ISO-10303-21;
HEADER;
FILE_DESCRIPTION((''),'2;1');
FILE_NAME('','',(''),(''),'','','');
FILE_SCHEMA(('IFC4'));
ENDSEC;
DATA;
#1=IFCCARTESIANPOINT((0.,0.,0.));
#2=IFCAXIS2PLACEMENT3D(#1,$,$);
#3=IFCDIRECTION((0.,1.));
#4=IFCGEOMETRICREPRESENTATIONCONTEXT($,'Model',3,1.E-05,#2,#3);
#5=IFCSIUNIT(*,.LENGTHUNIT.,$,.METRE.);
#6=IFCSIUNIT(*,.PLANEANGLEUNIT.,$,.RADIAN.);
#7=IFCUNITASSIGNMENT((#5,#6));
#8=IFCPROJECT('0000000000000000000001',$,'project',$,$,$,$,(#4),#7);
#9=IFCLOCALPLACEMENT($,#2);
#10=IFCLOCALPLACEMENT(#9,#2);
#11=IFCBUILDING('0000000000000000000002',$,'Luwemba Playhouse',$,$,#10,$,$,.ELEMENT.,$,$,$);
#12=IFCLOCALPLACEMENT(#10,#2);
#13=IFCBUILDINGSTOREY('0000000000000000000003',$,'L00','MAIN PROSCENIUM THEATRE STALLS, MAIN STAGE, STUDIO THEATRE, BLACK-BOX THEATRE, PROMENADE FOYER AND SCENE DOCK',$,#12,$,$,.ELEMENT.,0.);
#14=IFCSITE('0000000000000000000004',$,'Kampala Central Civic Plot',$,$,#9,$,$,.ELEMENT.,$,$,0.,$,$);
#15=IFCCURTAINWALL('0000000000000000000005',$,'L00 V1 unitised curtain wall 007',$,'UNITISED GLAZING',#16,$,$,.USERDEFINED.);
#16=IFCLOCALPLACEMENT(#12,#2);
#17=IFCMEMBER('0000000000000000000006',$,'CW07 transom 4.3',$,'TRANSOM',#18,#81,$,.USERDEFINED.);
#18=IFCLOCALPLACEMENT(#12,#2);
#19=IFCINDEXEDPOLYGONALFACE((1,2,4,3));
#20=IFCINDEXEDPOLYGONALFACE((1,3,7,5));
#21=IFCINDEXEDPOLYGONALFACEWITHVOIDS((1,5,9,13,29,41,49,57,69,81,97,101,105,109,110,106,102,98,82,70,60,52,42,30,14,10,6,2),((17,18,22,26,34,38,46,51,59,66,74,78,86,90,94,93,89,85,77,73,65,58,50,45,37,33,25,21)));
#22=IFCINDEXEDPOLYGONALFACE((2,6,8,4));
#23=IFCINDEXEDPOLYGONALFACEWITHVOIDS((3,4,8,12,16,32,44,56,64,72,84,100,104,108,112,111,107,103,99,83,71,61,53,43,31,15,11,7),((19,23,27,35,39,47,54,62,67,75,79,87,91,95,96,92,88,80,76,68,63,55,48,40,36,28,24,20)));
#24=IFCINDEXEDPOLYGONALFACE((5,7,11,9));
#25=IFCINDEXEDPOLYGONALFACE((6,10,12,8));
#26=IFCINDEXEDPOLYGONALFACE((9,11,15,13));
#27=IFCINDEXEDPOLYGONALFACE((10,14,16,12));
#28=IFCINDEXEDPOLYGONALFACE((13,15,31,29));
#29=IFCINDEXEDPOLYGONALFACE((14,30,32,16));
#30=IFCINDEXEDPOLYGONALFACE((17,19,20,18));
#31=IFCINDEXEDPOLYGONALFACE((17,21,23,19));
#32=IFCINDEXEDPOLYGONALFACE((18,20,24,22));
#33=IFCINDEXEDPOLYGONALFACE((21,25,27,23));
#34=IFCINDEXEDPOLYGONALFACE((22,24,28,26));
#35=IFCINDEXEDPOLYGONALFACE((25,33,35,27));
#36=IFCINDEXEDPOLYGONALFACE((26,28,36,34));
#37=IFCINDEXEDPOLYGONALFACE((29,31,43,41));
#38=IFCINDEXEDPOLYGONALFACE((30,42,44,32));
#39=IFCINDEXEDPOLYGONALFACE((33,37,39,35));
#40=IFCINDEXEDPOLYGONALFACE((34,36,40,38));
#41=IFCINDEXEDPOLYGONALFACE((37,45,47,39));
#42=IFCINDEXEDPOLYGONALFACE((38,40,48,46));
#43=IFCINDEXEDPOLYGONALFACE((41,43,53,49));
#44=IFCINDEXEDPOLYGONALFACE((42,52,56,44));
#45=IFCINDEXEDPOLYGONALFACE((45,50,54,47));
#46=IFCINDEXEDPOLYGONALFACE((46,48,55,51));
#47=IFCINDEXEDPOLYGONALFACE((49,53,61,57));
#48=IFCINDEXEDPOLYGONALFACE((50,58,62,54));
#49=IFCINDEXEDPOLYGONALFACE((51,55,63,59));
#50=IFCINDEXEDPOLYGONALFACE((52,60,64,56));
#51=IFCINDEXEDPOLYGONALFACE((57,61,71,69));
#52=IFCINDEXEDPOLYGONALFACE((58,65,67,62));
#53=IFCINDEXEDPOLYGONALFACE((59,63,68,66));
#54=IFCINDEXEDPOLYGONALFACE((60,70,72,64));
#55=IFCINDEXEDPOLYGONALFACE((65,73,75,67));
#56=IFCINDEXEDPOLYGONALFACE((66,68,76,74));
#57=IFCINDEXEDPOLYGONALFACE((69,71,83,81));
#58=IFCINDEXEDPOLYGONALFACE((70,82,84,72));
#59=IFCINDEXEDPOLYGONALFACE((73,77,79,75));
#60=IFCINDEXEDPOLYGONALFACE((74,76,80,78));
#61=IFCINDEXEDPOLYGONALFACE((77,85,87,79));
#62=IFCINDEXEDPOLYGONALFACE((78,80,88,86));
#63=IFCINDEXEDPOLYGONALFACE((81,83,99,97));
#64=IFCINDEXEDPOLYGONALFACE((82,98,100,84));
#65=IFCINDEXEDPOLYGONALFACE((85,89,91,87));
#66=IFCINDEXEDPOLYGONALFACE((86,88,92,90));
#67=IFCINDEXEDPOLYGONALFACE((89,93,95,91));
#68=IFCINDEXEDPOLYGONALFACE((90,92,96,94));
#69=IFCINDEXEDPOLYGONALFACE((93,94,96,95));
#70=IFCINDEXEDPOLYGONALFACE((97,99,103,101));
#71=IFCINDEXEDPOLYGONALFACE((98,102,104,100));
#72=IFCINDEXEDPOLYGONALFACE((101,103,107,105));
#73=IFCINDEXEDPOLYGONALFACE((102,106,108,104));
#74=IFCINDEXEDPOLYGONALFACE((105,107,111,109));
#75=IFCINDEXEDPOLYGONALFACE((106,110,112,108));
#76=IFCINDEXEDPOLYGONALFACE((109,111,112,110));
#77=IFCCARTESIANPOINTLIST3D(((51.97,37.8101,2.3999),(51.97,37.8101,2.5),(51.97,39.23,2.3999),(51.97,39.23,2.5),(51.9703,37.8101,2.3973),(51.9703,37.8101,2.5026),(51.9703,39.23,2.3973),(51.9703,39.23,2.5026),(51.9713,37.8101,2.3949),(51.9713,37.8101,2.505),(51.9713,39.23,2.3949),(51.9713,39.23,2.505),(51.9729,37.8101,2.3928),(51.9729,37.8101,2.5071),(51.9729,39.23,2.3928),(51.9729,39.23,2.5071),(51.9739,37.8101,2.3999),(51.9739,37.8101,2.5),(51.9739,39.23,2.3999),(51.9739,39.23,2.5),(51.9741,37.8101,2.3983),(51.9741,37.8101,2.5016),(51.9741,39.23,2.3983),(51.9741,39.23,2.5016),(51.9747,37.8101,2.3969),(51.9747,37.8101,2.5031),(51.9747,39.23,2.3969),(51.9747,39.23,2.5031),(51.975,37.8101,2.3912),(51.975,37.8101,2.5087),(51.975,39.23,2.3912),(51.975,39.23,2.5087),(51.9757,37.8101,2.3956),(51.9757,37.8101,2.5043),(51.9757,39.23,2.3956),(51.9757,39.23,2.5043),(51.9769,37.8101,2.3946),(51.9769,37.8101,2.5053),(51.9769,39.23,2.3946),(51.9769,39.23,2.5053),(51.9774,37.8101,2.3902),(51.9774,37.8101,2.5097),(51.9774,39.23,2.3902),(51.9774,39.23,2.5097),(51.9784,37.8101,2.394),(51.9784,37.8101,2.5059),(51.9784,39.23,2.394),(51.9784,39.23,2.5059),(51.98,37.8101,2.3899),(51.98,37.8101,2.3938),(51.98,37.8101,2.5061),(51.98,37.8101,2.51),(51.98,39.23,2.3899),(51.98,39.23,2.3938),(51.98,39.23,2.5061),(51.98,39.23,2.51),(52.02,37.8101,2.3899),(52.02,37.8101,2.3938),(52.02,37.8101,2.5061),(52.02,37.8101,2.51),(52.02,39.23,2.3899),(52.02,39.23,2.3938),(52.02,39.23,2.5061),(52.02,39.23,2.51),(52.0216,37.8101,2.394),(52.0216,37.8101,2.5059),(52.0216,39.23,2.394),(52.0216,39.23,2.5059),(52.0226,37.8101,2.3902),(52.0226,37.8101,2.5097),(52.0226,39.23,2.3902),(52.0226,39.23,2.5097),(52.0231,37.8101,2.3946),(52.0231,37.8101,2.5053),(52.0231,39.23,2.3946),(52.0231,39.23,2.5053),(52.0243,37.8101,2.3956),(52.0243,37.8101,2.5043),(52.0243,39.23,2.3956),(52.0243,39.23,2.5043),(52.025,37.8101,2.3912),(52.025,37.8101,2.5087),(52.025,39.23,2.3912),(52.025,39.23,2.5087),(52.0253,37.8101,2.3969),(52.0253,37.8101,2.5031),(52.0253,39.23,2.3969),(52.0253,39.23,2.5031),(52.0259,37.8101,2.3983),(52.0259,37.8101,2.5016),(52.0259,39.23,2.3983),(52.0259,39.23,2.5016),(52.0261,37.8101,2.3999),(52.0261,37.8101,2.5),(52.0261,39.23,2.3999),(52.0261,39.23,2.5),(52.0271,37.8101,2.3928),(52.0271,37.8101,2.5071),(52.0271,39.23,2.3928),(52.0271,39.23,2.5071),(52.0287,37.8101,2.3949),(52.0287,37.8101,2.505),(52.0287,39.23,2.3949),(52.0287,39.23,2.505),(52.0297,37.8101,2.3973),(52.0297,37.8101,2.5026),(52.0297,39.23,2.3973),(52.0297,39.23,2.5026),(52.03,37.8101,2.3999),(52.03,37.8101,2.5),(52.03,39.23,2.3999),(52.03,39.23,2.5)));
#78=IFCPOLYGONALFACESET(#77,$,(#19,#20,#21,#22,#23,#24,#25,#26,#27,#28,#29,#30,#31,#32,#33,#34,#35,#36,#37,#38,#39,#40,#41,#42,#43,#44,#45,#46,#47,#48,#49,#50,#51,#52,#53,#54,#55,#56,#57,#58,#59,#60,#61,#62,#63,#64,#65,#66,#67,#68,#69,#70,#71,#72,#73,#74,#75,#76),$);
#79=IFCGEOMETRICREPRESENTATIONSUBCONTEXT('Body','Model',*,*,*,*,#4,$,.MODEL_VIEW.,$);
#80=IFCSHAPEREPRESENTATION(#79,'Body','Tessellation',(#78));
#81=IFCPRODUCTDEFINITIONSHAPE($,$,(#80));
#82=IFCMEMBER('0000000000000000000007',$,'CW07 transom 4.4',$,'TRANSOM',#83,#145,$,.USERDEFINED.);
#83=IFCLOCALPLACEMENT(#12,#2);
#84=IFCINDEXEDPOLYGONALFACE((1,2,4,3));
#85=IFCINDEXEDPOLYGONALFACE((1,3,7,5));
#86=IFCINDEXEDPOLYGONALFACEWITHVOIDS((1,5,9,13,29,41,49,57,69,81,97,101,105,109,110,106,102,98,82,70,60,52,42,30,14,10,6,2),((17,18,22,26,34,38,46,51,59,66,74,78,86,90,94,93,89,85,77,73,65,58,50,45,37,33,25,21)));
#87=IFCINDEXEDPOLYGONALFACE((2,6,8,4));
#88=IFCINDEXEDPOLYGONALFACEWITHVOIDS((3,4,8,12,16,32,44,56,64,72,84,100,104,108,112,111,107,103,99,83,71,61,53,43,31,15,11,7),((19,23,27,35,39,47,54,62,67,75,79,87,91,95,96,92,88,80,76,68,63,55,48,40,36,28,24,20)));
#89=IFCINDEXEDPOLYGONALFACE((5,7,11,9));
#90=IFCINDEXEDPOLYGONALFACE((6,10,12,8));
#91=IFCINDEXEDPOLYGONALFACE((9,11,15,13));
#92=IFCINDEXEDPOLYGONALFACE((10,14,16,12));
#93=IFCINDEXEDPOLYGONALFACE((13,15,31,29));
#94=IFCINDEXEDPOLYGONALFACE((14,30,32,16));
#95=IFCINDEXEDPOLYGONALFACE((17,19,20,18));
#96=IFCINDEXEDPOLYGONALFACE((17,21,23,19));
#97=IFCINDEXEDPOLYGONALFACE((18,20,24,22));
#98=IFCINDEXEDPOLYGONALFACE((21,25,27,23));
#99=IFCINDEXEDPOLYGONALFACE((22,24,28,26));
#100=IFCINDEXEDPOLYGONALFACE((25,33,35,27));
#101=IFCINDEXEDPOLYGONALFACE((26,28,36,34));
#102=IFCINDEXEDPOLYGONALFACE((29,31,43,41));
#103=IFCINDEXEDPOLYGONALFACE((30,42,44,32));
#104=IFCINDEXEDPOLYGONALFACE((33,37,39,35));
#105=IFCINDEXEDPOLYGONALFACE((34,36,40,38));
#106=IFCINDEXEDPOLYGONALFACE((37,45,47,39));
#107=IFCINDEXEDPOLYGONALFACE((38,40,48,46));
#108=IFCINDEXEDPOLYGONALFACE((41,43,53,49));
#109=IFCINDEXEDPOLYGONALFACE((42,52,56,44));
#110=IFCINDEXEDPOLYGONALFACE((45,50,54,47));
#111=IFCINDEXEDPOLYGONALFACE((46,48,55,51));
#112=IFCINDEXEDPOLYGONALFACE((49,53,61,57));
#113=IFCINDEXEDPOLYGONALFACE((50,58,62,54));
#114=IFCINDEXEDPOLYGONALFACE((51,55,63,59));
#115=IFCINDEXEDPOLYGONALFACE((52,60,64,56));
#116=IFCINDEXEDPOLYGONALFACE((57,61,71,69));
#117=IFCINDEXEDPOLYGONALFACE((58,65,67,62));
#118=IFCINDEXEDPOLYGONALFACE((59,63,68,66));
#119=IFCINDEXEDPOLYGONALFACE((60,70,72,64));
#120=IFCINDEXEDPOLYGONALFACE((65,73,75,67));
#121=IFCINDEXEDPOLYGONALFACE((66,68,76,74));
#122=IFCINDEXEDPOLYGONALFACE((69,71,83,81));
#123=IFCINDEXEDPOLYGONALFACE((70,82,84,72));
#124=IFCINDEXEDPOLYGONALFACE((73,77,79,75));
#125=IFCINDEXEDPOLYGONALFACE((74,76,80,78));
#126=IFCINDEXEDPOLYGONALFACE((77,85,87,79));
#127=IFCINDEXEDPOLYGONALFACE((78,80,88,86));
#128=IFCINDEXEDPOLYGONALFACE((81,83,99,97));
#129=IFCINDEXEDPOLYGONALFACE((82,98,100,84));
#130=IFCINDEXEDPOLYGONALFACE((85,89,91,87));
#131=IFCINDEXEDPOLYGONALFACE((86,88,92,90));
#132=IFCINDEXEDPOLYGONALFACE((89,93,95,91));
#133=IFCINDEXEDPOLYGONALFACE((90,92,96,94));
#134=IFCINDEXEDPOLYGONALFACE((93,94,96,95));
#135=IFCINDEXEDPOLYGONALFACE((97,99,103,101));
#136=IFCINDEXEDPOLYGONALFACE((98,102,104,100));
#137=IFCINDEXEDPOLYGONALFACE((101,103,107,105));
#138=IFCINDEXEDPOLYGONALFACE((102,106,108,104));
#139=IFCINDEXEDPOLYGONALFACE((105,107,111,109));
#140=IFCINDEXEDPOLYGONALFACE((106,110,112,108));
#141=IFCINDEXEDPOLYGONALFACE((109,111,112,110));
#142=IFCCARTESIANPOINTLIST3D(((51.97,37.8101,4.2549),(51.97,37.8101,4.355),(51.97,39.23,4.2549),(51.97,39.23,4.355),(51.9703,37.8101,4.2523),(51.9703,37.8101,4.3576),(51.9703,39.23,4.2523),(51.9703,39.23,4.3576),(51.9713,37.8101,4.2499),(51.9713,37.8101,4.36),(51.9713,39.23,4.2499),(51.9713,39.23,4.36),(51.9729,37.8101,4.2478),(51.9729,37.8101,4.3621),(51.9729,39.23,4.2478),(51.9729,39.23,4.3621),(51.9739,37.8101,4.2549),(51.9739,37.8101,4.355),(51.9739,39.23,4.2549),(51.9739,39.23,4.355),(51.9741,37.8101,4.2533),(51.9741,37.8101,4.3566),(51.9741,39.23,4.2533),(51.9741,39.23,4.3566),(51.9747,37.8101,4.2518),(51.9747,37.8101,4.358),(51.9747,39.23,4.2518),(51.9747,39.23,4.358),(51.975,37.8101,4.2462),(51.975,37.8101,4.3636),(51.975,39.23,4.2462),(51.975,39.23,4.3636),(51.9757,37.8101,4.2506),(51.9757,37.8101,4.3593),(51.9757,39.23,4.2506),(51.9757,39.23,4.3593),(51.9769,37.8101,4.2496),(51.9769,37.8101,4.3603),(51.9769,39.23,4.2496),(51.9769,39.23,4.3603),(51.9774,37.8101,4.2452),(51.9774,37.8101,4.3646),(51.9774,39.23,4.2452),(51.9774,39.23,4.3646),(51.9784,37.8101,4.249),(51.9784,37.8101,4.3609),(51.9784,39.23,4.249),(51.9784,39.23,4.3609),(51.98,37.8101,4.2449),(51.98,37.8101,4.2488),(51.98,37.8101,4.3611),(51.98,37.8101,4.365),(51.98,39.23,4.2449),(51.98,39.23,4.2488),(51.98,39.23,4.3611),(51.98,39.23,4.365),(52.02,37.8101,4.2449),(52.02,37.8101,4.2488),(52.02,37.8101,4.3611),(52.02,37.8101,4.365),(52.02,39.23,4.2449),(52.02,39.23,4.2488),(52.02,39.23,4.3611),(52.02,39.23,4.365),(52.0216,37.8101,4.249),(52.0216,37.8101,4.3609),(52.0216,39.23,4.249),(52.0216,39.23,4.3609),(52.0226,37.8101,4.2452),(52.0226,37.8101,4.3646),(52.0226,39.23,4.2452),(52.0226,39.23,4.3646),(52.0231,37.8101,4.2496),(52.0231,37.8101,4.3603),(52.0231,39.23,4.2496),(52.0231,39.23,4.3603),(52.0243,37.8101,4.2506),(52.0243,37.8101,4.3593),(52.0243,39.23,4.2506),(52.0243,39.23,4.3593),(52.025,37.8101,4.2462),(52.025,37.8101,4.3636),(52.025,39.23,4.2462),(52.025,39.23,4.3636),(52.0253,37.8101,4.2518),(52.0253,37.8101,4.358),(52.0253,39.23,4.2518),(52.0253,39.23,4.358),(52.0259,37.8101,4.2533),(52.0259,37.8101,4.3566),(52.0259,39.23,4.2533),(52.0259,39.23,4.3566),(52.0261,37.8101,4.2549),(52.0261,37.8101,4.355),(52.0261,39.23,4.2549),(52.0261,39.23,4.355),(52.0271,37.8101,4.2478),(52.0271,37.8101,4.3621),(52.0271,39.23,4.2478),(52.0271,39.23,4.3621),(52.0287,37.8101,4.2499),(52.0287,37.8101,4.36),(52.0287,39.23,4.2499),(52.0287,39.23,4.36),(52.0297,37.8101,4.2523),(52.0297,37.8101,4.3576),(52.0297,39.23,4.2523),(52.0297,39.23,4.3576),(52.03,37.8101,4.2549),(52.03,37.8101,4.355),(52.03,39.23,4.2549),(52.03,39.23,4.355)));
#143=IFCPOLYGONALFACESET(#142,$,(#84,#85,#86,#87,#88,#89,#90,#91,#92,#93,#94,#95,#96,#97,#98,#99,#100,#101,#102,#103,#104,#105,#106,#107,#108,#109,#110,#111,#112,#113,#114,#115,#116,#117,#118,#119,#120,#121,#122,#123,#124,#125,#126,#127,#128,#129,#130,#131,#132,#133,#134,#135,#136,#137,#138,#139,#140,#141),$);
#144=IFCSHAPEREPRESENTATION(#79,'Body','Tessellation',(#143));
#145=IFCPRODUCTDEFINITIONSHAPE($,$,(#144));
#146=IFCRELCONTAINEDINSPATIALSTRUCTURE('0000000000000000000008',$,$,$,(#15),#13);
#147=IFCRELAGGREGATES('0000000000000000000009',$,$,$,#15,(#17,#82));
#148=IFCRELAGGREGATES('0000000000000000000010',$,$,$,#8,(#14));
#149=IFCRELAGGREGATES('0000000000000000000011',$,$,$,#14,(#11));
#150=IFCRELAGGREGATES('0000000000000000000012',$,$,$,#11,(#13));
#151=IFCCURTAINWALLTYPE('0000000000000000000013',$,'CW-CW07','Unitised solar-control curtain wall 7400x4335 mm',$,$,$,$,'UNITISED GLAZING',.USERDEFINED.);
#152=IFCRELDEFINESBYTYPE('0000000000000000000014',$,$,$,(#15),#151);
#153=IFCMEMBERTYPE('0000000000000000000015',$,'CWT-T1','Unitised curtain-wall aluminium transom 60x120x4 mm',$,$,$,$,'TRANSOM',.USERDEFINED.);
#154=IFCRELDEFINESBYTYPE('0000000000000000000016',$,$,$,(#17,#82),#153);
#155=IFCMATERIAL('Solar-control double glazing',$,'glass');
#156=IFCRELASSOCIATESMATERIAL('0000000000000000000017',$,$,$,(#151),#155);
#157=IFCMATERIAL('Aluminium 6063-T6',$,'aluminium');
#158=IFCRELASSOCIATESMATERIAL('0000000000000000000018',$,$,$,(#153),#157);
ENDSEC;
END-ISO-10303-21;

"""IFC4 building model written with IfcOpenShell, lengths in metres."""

from ifc_helpers import new_model, si_unit, direction, frame, origin, origin_2d, place, context, subcontext, project, spatial, hollow_rectangle, extrude, material, material_profile, profile_set, type_object, element, aggregate, save


model = new_model("IFC4")

# Units and contexts
model_context = context("Model", 3, precision=1e-05, world=origin(), true_north=direction((0.0, 1.0)))
body_context = subcontext(model_context, "Body", "Model", "MODEL_VIEW")
ifc_project = project(units=[si_unit("LENGTHUNIT", "METRE"), si_unit("PLANEANGLEUNIT", "RADIAN")], contexts=[model_context])

# Site, building, storey
site_placement = place(None, origin())
site = spatial("IfcSite", under=ifc_project, at=site_placement, Name="Kampala Central Civic Plot", CompositionType="ELEMENT", RefElevation=0.0)
building_placement = place(site_placement, origin())
building = spatial("IfcBuilding", under=site, at=building_placement, Name="Luwemba Playhouse", CompositionType="ELEMENT")
storey_placement = place(building_placement, origin())
storey = spatial("IfcBuildingStorey", under=building, at=storey_placement, Name="L00", Description="MAIN PROSCENIUM THEATRE STALLS, MAIN STAGE, STUDIO THEATRE, BLACK-BOX THEATRE, PROMENADE FOYER AND SCENE DOCK", CompositionType="ELEMENT", Elevation=0.0)

# Curtain wall, members
ifc_material_1 = material(Name="Solar-control double glazing", Category="glass")
curtain_wall_type = type_object("IfcCurtainWallType", Name="CW-CW07", Description="Unitised solar-control curtain wall 7400x4335 mm", ElementType="UNITISED GLAZING", PredefinedType="USERDEFINED", material=ifc_material_1)
curtain_wall_placement = place(storey_placement, origin())
curtain_wall = element("IfcCurtainWall", 1, at=curtain_wall_placement, inside=storey, type_object=curtain_wall_type, Name="L00 V1 unitised curtain wall 007", ObjectType="UNITISED GLAZING", PredefinedType="USERDEFINED")
ifc_material_2 = material(Name="Aluminium 6063-T6", Category="aluminium")
ifc_material_profile_1 = material_profile(ifc_material_2, hollow_rectangle(XDim=0.0601, YDim=0.1201, WallThickness=0.0039, InnerFilletRadius=0.0061, OuterFilletRadius=0.01, at=origin_2d()))
ifc_profile_set_1 = profile_set([ifc_material_profile_1], Name="Aluminium 6063-T6")
member_type_1 = type_object("IfcMemberType", Name="CWT-T1", Description="Unitised curtain-wall aluminium transom 60x120x4 mm", ElementType="TRANSOM", PredefinedType="USERDEFINED", material=ifc_profile_set_1)
member_1_placement = place(storey_placement, frame((52.0, 39.23, 2.45), z_axis=(0.0, -1.0, 0.0), x_axis=(1.0, 0.0, 0.0)))
member_1 = element("IfcMember", 2, at=member_1_placement, type_object=member_type_1, Name="CW07 transom 4.3", ObjectType="TRANSOM", PredefinedType="USERDEFINED", context=body_context, shape_type="SweptSolid", body=[
    extrude(hollow_rectangle(XDim=0.0601, YDim=0.1201, WallThickness=0.0039, InnerFilletRadius=0.0061, OuterFilletRadius=0.01, at=origin_2d()), origin(), (0.0, 0.0, 1.0), 1.4199),
])
member_2_placement = place(storey_placement, frame((52.0, 39.23, 4.3049), z_axis=(0.0, -1.0, 0.0), x_axis=(1.0, 0.0, 0.0)))
member_2 = element("IfcMember", 3, at=member_2_placement, type_object=member_type_1, Name="CW07 transom 4.4", ObjectType="TRANSOM", PredefinedType="USERDEFINED", context=body_context, shape_type="SweptSolid", body=[
    extrude(hollow_rectangle(XDim=0.0601, YDim=0.1201, WallThickness=0.0039, InnerFilletRadius=0.0061, OuterFilletRadius=0.01, at=origin_2d()), origin(), (0.0, 0.0, 1.0), 1.4199),
])
aggregate(curtain_wall, [member_1, member_2])

save(model, "model.ifc")
